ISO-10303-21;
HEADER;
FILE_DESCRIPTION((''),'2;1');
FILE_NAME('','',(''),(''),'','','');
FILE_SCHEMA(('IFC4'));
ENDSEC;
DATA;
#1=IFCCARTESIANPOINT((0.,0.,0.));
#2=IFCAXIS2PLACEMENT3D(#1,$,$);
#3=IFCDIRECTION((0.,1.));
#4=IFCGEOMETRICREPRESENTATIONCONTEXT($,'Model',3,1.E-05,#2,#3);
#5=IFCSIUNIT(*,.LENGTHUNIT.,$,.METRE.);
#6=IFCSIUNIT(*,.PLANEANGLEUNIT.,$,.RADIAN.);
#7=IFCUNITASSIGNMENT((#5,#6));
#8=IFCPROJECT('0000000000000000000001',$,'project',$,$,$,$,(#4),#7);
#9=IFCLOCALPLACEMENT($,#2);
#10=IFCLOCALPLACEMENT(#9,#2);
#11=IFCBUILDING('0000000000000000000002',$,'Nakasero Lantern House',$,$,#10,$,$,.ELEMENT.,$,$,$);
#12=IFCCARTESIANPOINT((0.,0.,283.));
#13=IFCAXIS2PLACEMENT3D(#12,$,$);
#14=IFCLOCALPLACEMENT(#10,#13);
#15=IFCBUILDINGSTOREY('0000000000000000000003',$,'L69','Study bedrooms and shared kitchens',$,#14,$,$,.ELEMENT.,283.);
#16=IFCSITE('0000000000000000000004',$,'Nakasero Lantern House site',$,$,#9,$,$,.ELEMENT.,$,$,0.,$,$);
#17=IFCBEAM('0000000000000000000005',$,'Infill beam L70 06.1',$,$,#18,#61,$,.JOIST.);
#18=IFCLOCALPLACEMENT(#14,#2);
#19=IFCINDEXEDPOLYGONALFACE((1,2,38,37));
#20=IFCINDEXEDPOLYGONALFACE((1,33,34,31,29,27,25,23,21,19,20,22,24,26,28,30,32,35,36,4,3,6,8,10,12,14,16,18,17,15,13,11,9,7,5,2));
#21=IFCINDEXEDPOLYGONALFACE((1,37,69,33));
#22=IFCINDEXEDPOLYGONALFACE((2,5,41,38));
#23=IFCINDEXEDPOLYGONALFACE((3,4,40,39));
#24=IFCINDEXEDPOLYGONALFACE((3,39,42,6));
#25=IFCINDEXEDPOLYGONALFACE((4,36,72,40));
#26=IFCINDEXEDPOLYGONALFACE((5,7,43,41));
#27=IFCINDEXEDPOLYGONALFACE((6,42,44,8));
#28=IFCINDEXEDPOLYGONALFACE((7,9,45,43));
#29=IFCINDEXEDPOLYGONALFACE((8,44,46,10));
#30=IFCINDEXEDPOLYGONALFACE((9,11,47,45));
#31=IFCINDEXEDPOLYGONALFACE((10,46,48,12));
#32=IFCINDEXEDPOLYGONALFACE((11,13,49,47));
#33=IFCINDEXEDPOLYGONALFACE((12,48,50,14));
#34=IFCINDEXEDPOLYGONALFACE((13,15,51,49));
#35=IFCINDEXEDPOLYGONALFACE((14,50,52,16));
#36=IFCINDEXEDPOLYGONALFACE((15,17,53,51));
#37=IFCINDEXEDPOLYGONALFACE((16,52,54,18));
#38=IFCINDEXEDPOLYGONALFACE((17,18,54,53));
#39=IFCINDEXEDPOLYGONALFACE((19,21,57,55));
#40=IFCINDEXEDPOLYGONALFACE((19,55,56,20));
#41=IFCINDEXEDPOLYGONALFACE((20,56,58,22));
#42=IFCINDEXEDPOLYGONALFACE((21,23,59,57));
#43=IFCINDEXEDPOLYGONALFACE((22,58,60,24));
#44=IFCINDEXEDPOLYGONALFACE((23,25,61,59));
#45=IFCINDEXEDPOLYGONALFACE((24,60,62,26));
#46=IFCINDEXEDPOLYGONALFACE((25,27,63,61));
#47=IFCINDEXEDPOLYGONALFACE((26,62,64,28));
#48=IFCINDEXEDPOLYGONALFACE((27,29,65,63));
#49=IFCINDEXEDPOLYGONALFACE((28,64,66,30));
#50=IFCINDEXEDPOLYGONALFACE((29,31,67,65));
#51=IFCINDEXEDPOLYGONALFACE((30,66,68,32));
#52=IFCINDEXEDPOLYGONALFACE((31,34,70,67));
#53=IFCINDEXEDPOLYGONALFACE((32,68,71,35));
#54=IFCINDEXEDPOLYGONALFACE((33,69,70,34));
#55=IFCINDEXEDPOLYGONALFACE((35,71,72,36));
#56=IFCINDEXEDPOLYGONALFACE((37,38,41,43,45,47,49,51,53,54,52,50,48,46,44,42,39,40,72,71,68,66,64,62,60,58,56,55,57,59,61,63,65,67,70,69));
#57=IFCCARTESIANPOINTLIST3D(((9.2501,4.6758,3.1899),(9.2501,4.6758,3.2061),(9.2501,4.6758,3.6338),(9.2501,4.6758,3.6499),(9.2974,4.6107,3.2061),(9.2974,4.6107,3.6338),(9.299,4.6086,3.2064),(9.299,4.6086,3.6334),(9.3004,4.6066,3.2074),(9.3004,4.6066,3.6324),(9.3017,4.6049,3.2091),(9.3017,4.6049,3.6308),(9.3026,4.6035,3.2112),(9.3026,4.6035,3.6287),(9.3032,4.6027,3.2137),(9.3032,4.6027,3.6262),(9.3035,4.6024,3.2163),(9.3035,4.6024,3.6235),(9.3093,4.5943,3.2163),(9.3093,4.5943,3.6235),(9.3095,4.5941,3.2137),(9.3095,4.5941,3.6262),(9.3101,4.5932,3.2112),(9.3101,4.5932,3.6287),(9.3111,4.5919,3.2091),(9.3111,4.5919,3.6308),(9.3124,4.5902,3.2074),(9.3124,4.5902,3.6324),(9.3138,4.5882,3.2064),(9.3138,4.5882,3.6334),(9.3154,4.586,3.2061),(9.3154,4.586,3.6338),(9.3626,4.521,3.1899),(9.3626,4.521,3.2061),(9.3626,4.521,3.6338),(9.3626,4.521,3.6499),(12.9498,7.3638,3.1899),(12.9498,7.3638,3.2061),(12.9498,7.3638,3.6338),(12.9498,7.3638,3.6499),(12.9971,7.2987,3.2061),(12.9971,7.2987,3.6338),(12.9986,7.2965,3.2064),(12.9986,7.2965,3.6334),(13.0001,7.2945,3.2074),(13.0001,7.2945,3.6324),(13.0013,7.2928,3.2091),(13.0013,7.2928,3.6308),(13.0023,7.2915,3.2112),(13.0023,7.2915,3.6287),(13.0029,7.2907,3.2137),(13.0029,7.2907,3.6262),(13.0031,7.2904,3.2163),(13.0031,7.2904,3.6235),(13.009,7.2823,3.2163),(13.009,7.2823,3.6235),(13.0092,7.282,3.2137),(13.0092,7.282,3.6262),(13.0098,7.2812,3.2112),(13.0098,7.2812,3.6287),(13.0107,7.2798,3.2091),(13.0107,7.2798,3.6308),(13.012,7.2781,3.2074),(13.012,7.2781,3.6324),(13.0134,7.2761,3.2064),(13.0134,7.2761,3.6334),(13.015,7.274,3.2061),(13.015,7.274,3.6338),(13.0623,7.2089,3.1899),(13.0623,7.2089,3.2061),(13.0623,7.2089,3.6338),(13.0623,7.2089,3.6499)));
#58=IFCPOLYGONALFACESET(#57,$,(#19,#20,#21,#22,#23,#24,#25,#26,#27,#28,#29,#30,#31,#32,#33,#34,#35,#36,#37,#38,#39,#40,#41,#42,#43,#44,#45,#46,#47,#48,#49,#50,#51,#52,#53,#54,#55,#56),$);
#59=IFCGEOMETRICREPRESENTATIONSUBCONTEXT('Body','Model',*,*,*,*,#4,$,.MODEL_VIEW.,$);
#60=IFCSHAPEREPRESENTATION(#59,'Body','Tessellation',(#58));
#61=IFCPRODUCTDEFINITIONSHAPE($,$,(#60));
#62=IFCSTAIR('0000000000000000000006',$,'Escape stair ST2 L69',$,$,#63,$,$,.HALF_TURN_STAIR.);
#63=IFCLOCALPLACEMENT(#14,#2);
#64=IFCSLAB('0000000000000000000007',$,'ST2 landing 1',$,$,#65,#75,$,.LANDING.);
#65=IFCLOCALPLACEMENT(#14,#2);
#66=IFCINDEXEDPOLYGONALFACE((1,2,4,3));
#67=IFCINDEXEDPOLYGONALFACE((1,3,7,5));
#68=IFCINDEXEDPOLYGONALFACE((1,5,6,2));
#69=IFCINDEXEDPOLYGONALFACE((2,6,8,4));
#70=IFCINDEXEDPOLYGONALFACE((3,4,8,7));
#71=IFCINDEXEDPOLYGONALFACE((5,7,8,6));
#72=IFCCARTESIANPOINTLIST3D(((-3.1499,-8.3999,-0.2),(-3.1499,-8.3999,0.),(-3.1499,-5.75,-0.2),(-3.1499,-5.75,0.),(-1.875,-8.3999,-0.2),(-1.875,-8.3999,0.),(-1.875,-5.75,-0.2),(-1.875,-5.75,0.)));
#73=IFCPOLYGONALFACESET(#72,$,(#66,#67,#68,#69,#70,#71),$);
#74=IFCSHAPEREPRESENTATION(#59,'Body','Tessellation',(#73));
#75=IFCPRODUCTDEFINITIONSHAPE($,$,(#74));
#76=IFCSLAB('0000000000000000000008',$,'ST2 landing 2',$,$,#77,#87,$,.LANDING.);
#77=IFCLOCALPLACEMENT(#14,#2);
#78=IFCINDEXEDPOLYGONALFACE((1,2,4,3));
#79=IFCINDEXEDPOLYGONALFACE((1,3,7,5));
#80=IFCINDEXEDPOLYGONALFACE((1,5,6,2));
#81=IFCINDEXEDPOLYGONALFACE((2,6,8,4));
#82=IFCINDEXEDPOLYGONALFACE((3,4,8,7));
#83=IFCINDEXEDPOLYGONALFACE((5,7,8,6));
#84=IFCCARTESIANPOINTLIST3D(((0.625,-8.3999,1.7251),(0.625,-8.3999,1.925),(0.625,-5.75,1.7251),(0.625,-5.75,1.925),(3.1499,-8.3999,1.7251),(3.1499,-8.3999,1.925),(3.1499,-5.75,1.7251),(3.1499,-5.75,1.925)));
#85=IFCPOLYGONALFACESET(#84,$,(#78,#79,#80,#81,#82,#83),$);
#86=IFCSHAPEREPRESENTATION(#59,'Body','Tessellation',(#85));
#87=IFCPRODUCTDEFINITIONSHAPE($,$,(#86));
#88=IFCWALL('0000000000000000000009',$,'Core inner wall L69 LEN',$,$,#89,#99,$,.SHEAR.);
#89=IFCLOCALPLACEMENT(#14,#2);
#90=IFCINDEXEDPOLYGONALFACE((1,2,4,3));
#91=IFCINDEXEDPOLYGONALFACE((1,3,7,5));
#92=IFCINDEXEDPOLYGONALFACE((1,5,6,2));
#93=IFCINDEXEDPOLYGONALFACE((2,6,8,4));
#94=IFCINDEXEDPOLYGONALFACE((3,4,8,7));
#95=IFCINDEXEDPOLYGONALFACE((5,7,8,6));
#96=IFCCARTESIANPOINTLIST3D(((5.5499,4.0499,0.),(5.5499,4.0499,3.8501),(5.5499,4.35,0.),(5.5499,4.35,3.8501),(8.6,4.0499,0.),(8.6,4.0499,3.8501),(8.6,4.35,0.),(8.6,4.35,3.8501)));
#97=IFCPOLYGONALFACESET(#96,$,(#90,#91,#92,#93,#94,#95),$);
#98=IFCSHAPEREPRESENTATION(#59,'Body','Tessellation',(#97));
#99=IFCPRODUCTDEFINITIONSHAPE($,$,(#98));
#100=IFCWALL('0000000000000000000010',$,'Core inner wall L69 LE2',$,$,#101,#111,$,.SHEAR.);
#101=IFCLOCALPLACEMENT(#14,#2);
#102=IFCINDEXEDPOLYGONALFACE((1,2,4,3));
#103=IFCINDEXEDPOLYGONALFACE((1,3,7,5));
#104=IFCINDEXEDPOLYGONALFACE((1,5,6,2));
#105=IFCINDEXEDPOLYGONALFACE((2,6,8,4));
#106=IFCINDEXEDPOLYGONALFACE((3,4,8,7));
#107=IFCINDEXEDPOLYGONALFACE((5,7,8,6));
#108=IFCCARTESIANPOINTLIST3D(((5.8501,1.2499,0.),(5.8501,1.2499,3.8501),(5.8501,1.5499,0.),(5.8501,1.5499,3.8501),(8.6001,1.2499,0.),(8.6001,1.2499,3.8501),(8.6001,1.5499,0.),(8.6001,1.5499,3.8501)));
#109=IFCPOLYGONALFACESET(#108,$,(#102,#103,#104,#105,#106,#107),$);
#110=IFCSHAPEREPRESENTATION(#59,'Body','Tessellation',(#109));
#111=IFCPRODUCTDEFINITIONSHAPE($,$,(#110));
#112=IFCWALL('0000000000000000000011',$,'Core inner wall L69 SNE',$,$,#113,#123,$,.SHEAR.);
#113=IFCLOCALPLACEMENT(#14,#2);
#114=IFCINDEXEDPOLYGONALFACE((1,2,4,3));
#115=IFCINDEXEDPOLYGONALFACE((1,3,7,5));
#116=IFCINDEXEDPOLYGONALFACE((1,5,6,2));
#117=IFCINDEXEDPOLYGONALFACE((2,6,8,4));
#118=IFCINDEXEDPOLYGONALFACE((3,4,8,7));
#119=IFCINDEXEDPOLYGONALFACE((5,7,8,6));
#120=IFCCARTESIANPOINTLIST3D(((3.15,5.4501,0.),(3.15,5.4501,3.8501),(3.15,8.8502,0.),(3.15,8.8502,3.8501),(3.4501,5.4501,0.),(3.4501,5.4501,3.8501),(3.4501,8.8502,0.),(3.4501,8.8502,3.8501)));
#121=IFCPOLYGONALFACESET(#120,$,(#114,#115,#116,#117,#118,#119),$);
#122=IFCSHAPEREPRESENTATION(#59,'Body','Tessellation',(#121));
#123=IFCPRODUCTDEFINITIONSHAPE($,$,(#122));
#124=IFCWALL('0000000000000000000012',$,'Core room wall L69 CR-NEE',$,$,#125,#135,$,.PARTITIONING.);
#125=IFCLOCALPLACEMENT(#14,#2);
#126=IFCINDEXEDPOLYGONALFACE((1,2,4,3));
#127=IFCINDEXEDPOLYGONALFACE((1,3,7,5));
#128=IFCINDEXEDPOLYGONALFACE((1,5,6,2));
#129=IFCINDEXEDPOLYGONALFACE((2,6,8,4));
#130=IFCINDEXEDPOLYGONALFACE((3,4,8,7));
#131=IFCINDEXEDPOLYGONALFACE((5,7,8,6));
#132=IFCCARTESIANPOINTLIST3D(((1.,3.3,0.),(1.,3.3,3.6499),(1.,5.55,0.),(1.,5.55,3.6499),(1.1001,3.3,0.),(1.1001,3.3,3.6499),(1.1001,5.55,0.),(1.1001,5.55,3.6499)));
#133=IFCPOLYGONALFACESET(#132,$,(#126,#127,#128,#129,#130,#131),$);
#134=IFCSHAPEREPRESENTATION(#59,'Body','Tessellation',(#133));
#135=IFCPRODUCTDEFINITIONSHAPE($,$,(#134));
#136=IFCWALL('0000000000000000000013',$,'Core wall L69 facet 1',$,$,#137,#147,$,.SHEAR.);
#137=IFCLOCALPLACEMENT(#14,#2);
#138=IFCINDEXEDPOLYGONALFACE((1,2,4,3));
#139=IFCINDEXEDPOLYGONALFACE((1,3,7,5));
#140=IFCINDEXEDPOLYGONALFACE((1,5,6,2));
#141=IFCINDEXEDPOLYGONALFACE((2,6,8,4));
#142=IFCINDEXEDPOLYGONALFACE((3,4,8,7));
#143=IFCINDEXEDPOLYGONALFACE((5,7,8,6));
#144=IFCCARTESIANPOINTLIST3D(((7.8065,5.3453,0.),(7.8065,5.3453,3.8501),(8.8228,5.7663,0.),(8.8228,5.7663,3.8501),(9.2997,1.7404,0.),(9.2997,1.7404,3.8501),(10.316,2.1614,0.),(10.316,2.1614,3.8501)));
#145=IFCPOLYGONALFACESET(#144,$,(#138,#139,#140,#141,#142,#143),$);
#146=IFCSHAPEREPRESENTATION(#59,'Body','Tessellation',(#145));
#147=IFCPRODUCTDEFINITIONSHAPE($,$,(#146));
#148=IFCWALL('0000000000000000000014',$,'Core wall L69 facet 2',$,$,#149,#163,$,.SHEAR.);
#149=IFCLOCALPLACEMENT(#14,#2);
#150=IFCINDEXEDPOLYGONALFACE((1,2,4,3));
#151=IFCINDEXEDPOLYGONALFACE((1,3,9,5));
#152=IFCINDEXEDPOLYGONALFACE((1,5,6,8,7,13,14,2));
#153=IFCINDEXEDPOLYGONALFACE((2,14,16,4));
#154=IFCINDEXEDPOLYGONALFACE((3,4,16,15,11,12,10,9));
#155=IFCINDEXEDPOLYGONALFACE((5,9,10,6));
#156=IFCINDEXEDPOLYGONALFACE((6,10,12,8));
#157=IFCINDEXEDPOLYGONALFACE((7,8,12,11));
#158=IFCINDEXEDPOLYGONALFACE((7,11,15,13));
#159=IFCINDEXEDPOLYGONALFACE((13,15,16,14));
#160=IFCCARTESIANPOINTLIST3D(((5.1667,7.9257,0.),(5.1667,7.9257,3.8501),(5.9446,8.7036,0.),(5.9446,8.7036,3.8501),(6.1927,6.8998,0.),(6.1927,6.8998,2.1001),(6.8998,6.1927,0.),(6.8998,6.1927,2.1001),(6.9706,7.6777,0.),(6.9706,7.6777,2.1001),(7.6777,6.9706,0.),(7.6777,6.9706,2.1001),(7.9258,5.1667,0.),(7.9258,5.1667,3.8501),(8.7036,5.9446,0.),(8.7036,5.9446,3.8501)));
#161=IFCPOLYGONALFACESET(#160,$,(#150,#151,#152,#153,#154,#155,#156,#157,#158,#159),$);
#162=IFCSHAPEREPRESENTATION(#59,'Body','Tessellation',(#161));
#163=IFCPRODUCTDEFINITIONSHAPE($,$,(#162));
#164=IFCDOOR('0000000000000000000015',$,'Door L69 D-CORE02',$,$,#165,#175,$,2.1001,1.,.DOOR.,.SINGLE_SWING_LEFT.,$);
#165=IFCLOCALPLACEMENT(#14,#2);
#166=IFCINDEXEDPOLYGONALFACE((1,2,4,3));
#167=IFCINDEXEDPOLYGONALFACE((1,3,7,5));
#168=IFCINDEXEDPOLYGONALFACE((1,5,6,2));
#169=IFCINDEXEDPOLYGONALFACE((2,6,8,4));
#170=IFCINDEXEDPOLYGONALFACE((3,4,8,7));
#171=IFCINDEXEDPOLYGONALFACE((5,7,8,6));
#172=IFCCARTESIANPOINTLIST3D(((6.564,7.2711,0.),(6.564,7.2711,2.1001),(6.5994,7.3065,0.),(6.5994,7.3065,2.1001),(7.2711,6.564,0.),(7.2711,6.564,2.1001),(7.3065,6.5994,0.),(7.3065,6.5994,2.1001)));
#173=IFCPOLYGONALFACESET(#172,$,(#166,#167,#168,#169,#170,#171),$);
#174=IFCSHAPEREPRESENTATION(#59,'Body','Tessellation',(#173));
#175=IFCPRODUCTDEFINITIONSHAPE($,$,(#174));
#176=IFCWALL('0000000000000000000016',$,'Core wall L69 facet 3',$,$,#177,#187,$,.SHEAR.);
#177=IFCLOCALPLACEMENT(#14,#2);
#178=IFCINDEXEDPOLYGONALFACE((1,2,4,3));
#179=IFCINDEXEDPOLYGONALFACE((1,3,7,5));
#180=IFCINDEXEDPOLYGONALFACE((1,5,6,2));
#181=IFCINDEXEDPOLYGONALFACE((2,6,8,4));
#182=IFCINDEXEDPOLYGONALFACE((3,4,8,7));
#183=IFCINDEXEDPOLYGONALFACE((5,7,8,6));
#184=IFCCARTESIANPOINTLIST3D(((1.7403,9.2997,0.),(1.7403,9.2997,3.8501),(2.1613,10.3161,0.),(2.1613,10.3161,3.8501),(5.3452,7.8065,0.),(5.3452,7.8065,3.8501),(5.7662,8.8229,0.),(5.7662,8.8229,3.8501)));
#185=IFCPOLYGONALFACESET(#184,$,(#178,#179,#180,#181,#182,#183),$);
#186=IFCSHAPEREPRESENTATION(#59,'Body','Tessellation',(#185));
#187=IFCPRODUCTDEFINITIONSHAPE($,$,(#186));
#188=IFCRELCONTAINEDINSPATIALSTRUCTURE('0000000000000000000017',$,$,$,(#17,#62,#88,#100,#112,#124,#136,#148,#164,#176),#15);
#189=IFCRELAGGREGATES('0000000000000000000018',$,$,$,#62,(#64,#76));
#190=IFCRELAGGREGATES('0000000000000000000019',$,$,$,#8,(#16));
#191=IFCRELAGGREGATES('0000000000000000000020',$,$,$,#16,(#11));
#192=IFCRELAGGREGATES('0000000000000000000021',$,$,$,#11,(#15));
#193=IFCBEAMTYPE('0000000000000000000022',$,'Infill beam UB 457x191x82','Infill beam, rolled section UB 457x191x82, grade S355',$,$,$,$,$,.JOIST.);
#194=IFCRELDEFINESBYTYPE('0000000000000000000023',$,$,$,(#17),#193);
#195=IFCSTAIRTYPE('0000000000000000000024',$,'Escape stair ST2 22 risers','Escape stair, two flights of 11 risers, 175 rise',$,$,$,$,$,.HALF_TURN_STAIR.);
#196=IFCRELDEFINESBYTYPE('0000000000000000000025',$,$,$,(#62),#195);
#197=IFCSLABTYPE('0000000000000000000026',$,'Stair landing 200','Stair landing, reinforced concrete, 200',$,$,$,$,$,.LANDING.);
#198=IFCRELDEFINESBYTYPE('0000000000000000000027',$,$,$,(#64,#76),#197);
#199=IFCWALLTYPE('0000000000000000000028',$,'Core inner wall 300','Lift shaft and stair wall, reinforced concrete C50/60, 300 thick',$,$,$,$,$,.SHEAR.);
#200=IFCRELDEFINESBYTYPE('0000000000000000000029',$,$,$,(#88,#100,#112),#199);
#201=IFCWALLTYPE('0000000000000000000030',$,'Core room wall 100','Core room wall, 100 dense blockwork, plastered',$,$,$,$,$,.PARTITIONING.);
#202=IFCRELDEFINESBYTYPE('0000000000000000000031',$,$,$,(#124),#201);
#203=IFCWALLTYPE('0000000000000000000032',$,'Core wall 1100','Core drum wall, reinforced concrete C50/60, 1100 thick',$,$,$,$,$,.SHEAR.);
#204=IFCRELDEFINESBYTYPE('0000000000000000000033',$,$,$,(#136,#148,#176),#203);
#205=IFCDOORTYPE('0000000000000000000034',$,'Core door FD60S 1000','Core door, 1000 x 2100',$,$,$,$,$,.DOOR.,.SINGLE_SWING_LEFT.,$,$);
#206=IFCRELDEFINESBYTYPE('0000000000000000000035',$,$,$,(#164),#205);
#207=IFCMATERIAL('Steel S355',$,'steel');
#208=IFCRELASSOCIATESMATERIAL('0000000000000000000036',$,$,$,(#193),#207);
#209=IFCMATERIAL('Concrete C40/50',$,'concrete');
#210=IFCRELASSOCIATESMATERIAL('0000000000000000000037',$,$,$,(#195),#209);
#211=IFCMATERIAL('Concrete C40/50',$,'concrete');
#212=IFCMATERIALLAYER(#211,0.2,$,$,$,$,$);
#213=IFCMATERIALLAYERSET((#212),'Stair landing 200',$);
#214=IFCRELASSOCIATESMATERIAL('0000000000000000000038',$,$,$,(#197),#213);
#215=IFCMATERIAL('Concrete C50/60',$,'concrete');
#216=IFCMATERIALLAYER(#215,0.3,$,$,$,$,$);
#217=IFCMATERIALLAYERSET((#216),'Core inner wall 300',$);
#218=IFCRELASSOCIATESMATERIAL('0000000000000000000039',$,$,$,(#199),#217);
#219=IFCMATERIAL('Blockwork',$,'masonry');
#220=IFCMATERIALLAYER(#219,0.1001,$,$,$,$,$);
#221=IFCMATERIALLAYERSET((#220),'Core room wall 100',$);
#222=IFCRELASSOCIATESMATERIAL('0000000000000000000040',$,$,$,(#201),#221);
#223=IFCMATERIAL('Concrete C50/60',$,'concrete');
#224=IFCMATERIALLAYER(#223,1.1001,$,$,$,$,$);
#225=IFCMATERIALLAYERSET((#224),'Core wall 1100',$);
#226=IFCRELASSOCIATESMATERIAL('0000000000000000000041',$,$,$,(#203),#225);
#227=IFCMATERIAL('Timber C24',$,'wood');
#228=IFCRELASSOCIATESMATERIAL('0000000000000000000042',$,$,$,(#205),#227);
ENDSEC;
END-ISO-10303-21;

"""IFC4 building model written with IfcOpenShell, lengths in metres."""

from ifc_helpers import new_model, si_unit, direction, frame, frame_2d, origin, origin_2d, place, context, subcontext, project, spatial, polyline, rectangle, i_section, outline, extrude, material, layer, layer_set, material_profile, profile_set, type_object, element, fill, aggregate, save


model = new_model("IFC4")

# Units and contexts
model_context = context("Model", 3, precision=1e-05, world=origin(), true_north=direction((0.0, 1.0)))
body_context = subcontext(model_context, "Body", "Model", "MODEL_VIEW")
ifc_project = project(units=[si_unit("LENGTHUNIT", "METRE"), si_unit("PLANEANGLEUNIT", "RADIAN")], contexts=[model_context])

# Site, building, storey
site_placement = place(None, origin())
site = spatial("IfcSite", under=ifc_project, at=site_placement, Name="Nakasero Lantern House site", CompositionType="ELEMENT", RefElevation=0.0)
building_placement = place(site_placement, origin())
building = spatial("IfcBuilding", under=site, at=building_placement, Name="Nakasero Lantern House", CompositionType="ELEMENT")
storey_placement = place(building_placement, frame((0.0, 0.0, 283.0)))
storey = spatial("IfcBuildingStorey", under=building, at=storey_placement, Name="L69", Description="Study bedrooms and shared kitchens", CompositionType="ELEMENT", Elevation=283.0)

# Beam
ifc_material_1 = material(Name="Steel S355", Category="steel")
ifc_material_profile = material_profile(ifc_material_1, i_section(OverallWidth=0.1914, OverallDepth=0.46, WebThickness=0.01, FlangeThickness=0.0161, FilletRadius=0.0103, at=origin_2d()), Name="UB 457x191x82")
ifc_profile_set = profile_set([ifc_material_profile], Name="Steel S355")
beam_type = type_object("IfcBeamType", Name="Infill beam UB 457x191x82", Description="Infill beam, rolled section UB 457x191x82, grade S355", PredefinedType="JOIST", material=ifc_profile_set)
beam_placement = place(storey_placement, frame((9.3064, 4.5984, 3.4199), z_axis=(0.809018, 0.587784, 0.0), x_axis=(-0.587784, 0.809018, 0.0)))
element("IfcBeam", 1, at=beam_placement, inside=storey, type_object=beam_type, Name="Infill beam L70 06.1", PredefinedType="JOIST", context=body_context, shape_type="SweptSolid", body=[
    extrude(i_section(OverallWidth=0.1914, OverallDepth=0.46, WebThickness=0.01, FlangeThickness=0.0161, FilletRadius=0.0103, at=origin_2d()), origin(), (0.0, 0.0, 1.0), 4.573),
])

# Stair, slabs
ifc_material_2 = material(Name="Concrete C40/50", Category="concrete")
stair_type_1 = type_object("IfcStairType", Name="Escape stair ST2 22 risers", Description="Escape stair, two flights of 11 risers, 175 rise", PredefinedType="HALF_TURN_STAIR", material=ifc_material_2)
stair_1_placement = place(storey_placement, origin())
stair_1 = element("IfcStair", 2, at=stair_1_placement, inside=storey, type_object=stair_type_1, Name="Escape stair ST2 L69", PredefinedType="HALF_TURN_STAIR")
ifc_material_3 = material(Name="Concrete C40/50", Category="concrete")
ifc_layer_1 = layer(ifc_material_3, 0.2)
ifc_layer_set_1 = layer_set([ifc_layer_1], Name="Stair landing 200")
slab_type = type_object("IfcSlabType", Name="Stair landing 200", Description="Stair landing, reinforced concrete, 200", PredefinedType="LANDING", material=ifc_layer_set_1)
slab_1_placement = place(storey_placement, frame((0.0, 0.0, -0.2)))
slab_1 = element("IfcSlab", 3, at=slab_1_placement, type_object=slab_type, Name="ST2 landing 1", PredefinedType="LANDING", context=body_context, shape_type="SweptSolid", body=[
    extrude(outline(polyline([(-3.1499, -8.3999), (-1.875, -8.3999), (-1.875, -5.75), (-3.1499, -5.75), (-3.1499, -8.3999)])), origin(), (0.0, 0.0, 1.0), 0.2),
])
slab_2_placement = place(storey_placement, frame((0.0, 0.0, 1.7251)))
slab_2 = element("IfcSlab", 4, at=slab_2_placement, type_object=slab_type, Name="ST2 landing 2", PredefinedType="LANDING", context=body_context, shape_type="SweptSolid", body=[
    extrude(outline(polyline([(0.625, -8.3999), (3.1499, -8.3999), (3.1499, -5.75), (0.625, -5.75), (0.625, -8.3999)])), origin(), (0.0, 0.0, 1.0), 0.2),
])
aggregate(stair_1, [slab_1, slab_2])

# Walls
ifc_material_4 = material(Name="Concrete C50/60", Category="concrete")
ifc_layer_2 = layer(ifc_material_4, 0.3)
ifc_layer_set_2 = layer_set([ifc_layer_2], Name="Core inner wall 300")
wall_type_1 = type_object("IfcWallType", Name="Core inner wall 300", Description="Lift shaft and stair wall, reinforced concrete C50/60, 300 thick", PredefinedType="SHEAR", material=ifc_layer_set_2)
wall_1_placement = place(storey_placement, frame((5.55, 4.2, 0.0), z_axis=(0.0, 0.0, 1.0), x_axis=(1.0, 0.0, 0.0)))
element("IfcWall", 5, at=wall_1_placement, inside=storey, type_object=wall_type_1, Name="Core inner wall L69 LEN", PredefinedType="SHEAR", context=body_context, shape_type="SweptSolid", body=[
    extrude(rectangle(XDim=3.05, YDim=0.3, at=frame_2d((1.5249, 0.0))), origin(), (0.0, 0.0, 1.0), 3.8501),
])
wall_2_placement = place(storey_placement, frame((5.8501, 1.3999, 0.0), z_axis=(0.0, 0.0, 1.0), x_axis=(1.0, 0.0, 0.0)))
element("IfcWall", 6, at=wall_2_placement, inside=storey, type_object=wall_type_1, Name="Core inner wall L69 LE2", PredefinedType="SHEAR", context=body_context, shape_type="SweptSolid", body=[
    extrude(rectangle(XDim=2.75, YDim=0.3, at=frame_2d((1.375, 0.0))), origin(), (0.0, 0.0, 1.0), 3.8501),
])
wall_3_placement = place(storey_placement, frame((3.3, 5.45, 0.0), z_axis=(0.0, 0.0, 1.0), x_axis=(0.0, 1.0, 0.0)))
element("IfcWall", 7, at=wall_3_placement, inside=storey, type_object=wall_type_1, Name="Core inner wall L69 SNE", PredefinedType="SHEAR", context=body_context, shape_type="SweptSolid", body=[
    extrude(rectangle(XDim=3.4001, YDim=0.3, at=frame_2d((1.7002, 0.0))), origin(), (0.0, 0.0, 1.0), 3.8501),
])
ifc_material_5 = material(Name="Blockwork", Category="masonry")
ifc_layer_3 = layer(ifc_material_5, 0.1001)
ifc_layer_set_3 = layer_set([ifc_layer_3], Name="Core room wall 100")
wall_type_2 = type_object("IfcWallType", Name="Core room wall 100", Description="Core room wall, 100 dense blockwork, plastered", PredefinedType="PARTITIONING", material=ifc_layer_set_3)
wall_4_placement = place(storey_placement, frame((1.05, 3.3, 0.0), z_axis=(0.0, 0.0, 1.0), x_axis=(0.0, 1.0, 0.0)))
element("IfcWall", 8, at=wall_4_placement, inside=storey, type_object=wall_type_2, Name="Core room wall L69 CR-NEE", PredefinedType="PARTITIONING", context=body_context, shape_type="SweptSolid", body=[
    extrude(rectangle(XDim=2.25, YDim=0.1001, at=frame_2d((1.125, 0.0))), origin(), (0.0, 0.0, 1.0), 3.6499),
])
ifc_material_6 = material(Name="Concrete C50/60", Category="concrete")
ifc_layer_4 = layer(ifc_material_6, 1.1001)
ifc_layer_set_4 = layer_set([ifc_layer_4], Name="Core wall 1100")
wall_type_3 = type_object("IfcWallType", Name="Core wall 1100", Description="Core drum wall, reinforced concrete C50/60, 1100 thick", PredefinedType="SHEAR", material=ifc_layer_set_4)
wall_5_placement = place(storey_placement, frame((9.8079, 1.9509, 0.0), z_axis=(0.0, 0.0, 1.0), x_axis=(-0.382691, 0.923877, 0.0)))
element("IfcWall", 9, at=wall_5_placement, inside=storey, type_object=wall_type_3, Name="Core wall L69 facet 1", PredefinedType="SHEAR", context=body_context, shape_type="SweptSolid", body=[
    extrude(rectangle(XDim=3.9019, YDim=1.1001, at=frame_2d((1.9509, 0.0))), origin(), (0.0, 0.0, 1.0), 3.8501),
])

# Wall, opening, door
wall_6_placement = place(storey_placement, frame((8.3147, 5.5557, 0.0), z_axis=(0.0, 0.0, 1.0), x_axis=(-0.707107, 0.707107, 0.0)))
wall_6 = element("IfcWall", 10, at=wall_6_placement, inside=storey, type_object=wall_type_3, Name="Core wall L69 facet 2", PredefinedType="SHEAR", context=body_context, shape_type="SweptSolid", body=[
    extrude(rectangle(XDim=3.9019, YDim=1.1001, at=frame_2d((1.9509, 0.0))), origin(), (0.0, 0.0, 1.0), 3.8501),
])
opening_1_placement = place(wall_6_placement, frame((1.4509, 0.0, 0.0)))
opening_1 = element("IfcOpeningElement", 11, at=opening_1_placement, cuts=wall_6, PredefinedType="OPENING", context=body_context, shape_type="SweptSolid", body=[
    extrude(rectangle(XDim=1.0, YDim=2.1001, at=frame_2d((0.5, 1.05))), frame((0.0, 0.5701, 0.0), z_axis=(0.0, -1.0, 0.0), x_axis=(1.0, 0.0, 0.0)), (0.0, 0.0, 1.0), 1.1401),
])
ifc_material_7 = material(Name="Timber C24", Category="wood")
door_type_1 = type_object("IfcDoorType", Name="Core door FD60S 1000", Description="Core door, 1000 x 2100", OperationType="SINGLE_SWING_LEFT", PredefinedType="DOOR", material=ifc_material_7)
door_1_placement = place(opening_1_placement, origin())
door_1 = element("IfcDoor", 12, at=door_1_placement, inside=storey, type_object=door_type_1, Name="Door L69 D-CORE02", OperationType="SINGLE_SWING_LEFT", OverallHeight=2.1001, OverallWidth=1.0, PredefinedType="DOOR", context=body_context, shape_type="SweptSolid", body=[
    extrude(rectangle(XDim=1.0, YDim=2.1001, at=frame_2d((0.5, 1.05))), frame((0.0, 0.0249, 0.0), z_axis=(0.0, -1.0, 0.0), x_axis=(1.0, 0.0, 0.0)), (0.0, 0.0, 1.0), 0.05),
])
fill(opening_1, door_1)

# Wall
wall_7_placement = place(storey_placement, frame((5.5557, 8.3147, 0.0), z_axis=(0.0, 0.0, 1.0), x_axis=(-0.923877, 0.382691, 0.0)))
element("IfcWall", 13, at=wall_7_placement, inside=storey, type_object=wall_type_3, Name="Core wall L69 facet 3", PredefinedType="SHEAR", context=body_context, shape_type="SweptSolid", body=[
    extrude(rectangle(XDim=3.9019, YDim=1.1001, at=frame_2d((1.9509, 0.0))), origin(), (0.0, 0.0, 1.0), 3.8501),
])

save(model, "model.ifc")
